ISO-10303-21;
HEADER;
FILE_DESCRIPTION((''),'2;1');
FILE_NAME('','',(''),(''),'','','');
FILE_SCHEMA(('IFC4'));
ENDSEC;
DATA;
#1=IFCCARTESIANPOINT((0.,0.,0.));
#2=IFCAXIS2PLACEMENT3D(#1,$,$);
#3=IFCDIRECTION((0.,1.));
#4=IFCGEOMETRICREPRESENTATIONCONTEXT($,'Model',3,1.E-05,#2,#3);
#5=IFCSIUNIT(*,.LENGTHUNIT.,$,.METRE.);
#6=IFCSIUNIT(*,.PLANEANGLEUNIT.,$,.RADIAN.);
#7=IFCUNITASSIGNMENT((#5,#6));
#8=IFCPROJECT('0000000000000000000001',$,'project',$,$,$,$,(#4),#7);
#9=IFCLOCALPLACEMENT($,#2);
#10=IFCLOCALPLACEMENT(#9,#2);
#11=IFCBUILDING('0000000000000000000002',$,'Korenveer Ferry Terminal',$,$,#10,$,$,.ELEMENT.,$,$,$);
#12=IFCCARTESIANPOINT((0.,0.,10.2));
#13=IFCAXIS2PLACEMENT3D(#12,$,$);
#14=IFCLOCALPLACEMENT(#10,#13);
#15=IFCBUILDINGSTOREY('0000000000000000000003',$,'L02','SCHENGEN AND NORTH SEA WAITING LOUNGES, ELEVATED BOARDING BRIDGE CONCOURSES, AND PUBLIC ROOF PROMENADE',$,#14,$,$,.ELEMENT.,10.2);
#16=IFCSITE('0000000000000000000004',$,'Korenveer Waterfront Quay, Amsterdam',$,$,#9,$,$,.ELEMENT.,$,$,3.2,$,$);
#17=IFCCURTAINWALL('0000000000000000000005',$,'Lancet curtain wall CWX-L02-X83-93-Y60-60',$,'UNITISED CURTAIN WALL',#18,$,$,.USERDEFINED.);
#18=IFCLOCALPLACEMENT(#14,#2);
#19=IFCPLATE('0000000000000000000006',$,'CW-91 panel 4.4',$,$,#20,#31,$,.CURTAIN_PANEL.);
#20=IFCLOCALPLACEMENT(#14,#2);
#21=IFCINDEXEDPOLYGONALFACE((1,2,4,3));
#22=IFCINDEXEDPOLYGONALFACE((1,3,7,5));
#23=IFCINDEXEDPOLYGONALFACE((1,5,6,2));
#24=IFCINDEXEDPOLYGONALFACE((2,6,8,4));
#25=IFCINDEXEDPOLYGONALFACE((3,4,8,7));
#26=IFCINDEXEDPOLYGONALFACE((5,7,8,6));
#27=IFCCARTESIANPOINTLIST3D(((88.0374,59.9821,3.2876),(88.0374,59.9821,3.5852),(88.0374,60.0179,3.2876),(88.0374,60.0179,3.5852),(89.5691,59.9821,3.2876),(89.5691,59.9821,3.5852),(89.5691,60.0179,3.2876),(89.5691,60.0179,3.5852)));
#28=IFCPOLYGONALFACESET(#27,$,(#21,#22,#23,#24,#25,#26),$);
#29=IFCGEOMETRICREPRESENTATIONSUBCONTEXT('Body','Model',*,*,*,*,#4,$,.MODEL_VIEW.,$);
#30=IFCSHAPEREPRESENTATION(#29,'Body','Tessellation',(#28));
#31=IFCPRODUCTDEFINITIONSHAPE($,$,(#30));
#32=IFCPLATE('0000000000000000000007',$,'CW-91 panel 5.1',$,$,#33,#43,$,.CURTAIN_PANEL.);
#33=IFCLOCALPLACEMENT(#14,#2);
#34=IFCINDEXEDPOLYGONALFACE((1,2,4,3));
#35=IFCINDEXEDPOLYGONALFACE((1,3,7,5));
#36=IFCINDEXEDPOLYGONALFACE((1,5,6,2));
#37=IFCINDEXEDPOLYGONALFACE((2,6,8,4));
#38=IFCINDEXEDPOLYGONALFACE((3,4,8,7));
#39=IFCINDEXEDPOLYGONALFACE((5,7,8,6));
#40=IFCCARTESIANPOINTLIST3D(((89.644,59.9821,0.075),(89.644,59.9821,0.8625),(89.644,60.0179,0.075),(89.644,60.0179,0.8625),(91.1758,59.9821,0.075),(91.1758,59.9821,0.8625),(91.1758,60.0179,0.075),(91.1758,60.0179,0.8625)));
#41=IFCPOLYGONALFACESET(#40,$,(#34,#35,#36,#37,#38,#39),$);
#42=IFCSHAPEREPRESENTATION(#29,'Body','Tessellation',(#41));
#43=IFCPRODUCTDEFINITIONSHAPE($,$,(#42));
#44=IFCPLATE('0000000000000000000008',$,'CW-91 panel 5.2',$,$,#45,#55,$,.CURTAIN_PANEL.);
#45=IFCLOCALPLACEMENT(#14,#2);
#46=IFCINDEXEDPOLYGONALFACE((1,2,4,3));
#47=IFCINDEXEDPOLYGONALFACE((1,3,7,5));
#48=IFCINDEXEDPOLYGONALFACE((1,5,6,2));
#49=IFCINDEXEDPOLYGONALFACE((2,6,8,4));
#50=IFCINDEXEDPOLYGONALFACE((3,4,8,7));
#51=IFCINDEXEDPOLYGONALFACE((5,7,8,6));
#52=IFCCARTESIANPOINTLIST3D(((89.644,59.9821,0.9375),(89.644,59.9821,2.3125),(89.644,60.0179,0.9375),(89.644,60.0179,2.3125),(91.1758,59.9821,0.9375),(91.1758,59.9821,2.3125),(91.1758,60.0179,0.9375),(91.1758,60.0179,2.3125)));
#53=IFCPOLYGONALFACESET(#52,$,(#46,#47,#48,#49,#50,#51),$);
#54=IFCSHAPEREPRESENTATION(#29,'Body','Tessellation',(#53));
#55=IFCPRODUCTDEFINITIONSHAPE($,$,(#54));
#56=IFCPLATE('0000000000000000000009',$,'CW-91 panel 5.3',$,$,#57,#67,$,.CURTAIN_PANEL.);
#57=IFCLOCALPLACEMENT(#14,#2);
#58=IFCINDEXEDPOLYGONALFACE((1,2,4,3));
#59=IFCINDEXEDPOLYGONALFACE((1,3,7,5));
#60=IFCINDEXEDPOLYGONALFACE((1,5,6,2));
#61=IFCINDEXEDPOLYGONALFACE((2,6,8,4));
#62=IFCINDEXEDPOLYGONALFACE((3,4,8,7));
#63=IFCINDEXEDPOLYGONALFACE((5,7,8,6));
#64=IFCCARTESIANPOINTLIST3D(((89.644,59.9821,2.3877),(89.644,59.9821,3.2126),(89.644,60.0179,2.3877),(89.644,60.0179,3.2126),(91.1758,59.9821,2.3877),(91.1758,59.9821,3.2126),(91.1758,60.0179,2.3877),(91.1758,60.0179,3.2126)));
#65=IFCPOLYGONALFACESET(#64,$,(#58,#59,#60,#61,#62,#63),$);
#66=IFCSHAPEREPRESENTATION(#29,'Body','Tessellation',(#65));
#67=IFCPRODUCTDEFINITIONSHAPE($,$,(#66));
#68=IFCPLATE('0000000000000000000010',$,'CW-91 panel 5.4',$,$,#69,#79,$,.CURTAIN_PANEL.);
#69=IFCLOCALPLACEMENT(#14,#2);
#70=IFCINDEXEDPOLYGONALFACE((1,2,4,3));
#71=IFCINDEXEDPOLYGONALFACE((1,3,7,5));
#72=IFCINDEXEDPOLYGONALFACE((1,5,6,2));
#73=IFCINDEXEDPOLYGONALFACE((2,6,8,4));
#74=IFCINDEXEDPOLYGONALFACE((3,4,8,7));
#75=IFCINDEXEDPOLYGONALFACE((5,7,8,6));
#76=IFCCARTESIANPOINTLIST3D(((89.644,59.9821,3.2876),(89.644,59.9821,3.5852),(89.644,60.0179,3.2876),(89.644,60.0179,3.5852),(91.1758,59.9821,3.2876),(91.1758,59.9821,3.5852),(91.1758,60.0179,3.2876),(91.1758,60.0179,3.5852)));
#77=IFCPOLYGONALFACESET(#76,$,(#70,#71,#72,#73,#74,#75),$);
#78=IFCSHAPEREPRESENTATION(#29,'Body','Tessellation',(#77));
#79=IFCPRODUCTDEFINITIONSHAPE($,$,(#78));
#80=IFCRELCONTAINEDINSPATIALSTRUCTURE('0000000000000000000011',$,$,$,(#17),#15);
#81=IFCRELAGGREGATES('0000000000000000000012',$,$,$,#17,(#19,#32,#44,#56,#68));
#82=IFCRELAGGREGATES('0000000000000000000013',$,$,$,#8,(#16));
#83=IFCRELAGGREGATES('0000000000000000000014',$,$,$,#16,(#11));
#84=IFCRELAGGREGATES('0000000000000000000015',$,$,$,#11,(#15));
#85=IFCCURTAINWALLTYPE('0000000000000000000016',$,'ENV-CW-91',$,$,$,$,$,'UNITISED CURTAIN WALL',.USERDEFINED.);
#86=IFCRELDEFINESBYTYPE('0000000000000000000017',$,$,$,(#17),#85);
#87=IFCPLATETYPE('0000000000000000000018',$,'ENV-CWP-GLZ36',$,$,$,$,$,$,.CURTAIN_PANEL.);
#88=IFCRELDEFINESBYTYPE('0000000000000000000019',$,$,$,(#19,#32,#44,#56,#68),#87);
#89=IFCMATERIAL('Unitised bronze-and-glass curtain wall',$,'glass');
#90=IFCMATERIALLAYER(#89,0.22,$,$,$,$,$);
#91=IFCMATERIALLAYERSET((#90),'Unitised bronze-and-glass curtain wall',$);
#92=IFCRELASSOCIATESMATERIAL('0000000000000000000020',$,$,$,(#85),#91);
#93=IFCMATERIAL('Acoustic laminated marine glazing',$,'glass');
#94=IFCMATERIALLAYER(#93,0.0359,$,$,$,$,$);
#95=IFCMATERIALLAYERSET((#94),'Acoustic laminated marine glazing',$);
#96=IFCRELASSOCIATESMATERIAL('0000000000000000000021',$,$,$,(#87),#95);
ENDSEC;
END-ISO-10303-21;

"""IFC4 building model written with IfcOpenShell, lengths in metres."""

from ifc_helpers import new_model, si_unit, direction, frame, origin, origin_2d, place, context, subcontext, project, spatial, rectangle, extrude, material, layer, layer_set, type_object, element, aggregate, save


model = new_model("IFC4")

# Units and contexts
model_context = context("Model", 3, precision=1e-05, world=origin(), true_north=direction((0.0, 1.0)))
body_context = subcontext(model_context, "Body", "Model", "MODEL_VIEW")
ifc_project = project(units=[si_unit("LENGTHUNIT", "METRE"), si_unit("PLANEANGLEUNIT", "RADIAN")], contexts=[model_context])

# Site, building, storey
site_placement = place(None, origin())
site = spatial("IfcSite", under=ifc_project, at=site_placement, Name="Korenveer Waterfront Quay, Amsterdam", CompositionType="ELEMENT", RefElevation=3.2)
building_placement = place(site_placement, origin())
building = spatial("IfcBuilding", under=site, at=building_placement, Name="Korenveer Ferry Terminal", CompositionType="ELEMENT")
storey_placement = place(building_placement, frame((0.0, 0.0, 10.2)))
storey = spatial("IfcBuildingStorey", under=building, at=storey_placement, Name="L02", Description="SCHENGEN AND NORTH SEA WAITING LOUNGES, ELEVATED BOARDING BRIDGE CONCOURSES, AND PUBLIC ROOF PROMENADE", CompositionType="ELEMENT", Elevation=10.2)

# Curtain wall, plates
ifc_material_1 = material(Name="Unitised bronze-and-glass curtain wall", Category="glass")
ifc_layer_1 = layer(ifc_material_1, 0.22)
ifc_layer_set_1 = layer_set([ifc_layer_1], Name="Unitised bronze-and-glass curtain wall")
curtain_wall_type = type_object("IfcCurtainWallType", Name="ENV-CW-91", ElementType="UNITISED CURTAIN WALL", PredefinedType="USERDEFINED", material=ifc_layer_set_1)
curtain_wall_placement = place(storey_placement, frame((83.1799, 60.0, 0.0)))
curtain_wall = element("IfcCurtainWall", 1, at=curtain_wall_placement, inside=storey, type_object=curtain_wall_type, Name="Lancet curtain wall CWX-L02-X83-93-Y60-60", ObjectType="UNITISED CURTAIN WALL", PredefinedType="USERDEFINED")
ifc_material_2 = material(Name="Acoustic laminated marine glazing", Category="glass")
ifc_layer_2 = layer(ifc_material_2, 0.0359)
ifc_layer_set_2 = layer_set([ifc_layer_2], Name="Acoustic laminated marine glazing")
plate_type = type_object("IfcPlateType", Name="ENV-CWP-GLZ36", PredefinedType="CURTAIN_PANEL", material=ifc_layer_set_2)
plate_1_placement = place(storey_placement, frame((88.8032, 60.0, 3.2876), z_axis=(0.0, 0.0, 1.0), x_axis=(1.0, 0.0, 0.0)))
plate_1 = element("IfcPlate", 2, at=plate_1_placement, type_object=plate_type, Name="CW-91 panel 4.4", PredefinedType="CURTAIN_PANEL", context=body_context, shape_type="SweptSolid", body=[
    extrude(rectangle(XDim=1.5317, YDim=0.0359, at=origin_2d()), origin(), (0.0, 0.0, 1.0), 0.2976),
])
plate_2_placement = place(storey_placement, frame((90.4099, 60.0, 0.075), z_axis=(0.0, 0.0, 1.0), x_axis=(1.0, 0.0, 0.0)))
plate_2 = element("IfcPlate", 3, at=plate_2_placement, type_object=plate_type, Name="CW-91 panel 5.1", PredefinedType="CURTAIN_PANEL", context=body_context, shape_type="SweptSolid", body=[
    extrude(rectangle(XDim=1.5317, YDim=0.0359, at=origin_2d()), origin(), (0.0, 0.0, 1.0), 0.7876),
])
plate_3_placement = place(storey_placement, frame((90.4099, 60.0, 0.9375), z_axis=(0.0, 0.0, 1.0), x_axis=(1.0, 0.0, 0.0)))
plate_3 = element("IfcPlate", 4, at=plate_3_placement, type_object=plate_type, Name="CW-91 panel 5.2", PredefinedType="CURTAIN_PANEL", context=body_context, shape_type="SweptSolid", body=[
    extrude(rectangle(XDim=1.5317, YDim=0.0359, at=origin_2d()), origin(), (0.0, 0.0, 1.0), 1.375),
])
plate_4_placement = place(storey_placement, frame((90.4099, 60.0, 2.3877), z_axis=(0.0, 0.0, 1.0), x_axis=(1.0, 0.0, 0.0)))
plate_4 = element("IfcPlate", 5, at=plate_4_placement, type_object=plate_type, Name="CW-91 panel 5.3", PredefinedType="CURTAIN_PANEL", context=body_context, shape_type="SweptSolid", body=[
    extrude(rectangle(XDim=1.5317, YDim=0.0359, at=origin_2d()), origin(), (0.0, 0.0, 1.0), 0.825),
])
plate_5_placement = place(storey_placement, frame((90.4099, 60.0, 3.2876), z_axis=(0.0, 0.0, 1.0), x_axis=(1.0, 0.0, 0.0)))
plate_5 = element("IfcPlate", 6, at=plate_5_placement, type_object=plate_type, Name="CW-91 panel 5.4", PredefinedType="CURTAIN_PANEL", context=body_context, shape_type="SweptSolid", body=[
    extrude(rectangle(XDim=1.5317, YDim=0.0359, at=origin_2d()), origin(), (0.0, 0.0, 1.0), 0.2976),
])
aggregate(curtain_wall, [plate_1, plate_2, plate_3, plate_4, plate_5])

save(model, "model.ifc")
